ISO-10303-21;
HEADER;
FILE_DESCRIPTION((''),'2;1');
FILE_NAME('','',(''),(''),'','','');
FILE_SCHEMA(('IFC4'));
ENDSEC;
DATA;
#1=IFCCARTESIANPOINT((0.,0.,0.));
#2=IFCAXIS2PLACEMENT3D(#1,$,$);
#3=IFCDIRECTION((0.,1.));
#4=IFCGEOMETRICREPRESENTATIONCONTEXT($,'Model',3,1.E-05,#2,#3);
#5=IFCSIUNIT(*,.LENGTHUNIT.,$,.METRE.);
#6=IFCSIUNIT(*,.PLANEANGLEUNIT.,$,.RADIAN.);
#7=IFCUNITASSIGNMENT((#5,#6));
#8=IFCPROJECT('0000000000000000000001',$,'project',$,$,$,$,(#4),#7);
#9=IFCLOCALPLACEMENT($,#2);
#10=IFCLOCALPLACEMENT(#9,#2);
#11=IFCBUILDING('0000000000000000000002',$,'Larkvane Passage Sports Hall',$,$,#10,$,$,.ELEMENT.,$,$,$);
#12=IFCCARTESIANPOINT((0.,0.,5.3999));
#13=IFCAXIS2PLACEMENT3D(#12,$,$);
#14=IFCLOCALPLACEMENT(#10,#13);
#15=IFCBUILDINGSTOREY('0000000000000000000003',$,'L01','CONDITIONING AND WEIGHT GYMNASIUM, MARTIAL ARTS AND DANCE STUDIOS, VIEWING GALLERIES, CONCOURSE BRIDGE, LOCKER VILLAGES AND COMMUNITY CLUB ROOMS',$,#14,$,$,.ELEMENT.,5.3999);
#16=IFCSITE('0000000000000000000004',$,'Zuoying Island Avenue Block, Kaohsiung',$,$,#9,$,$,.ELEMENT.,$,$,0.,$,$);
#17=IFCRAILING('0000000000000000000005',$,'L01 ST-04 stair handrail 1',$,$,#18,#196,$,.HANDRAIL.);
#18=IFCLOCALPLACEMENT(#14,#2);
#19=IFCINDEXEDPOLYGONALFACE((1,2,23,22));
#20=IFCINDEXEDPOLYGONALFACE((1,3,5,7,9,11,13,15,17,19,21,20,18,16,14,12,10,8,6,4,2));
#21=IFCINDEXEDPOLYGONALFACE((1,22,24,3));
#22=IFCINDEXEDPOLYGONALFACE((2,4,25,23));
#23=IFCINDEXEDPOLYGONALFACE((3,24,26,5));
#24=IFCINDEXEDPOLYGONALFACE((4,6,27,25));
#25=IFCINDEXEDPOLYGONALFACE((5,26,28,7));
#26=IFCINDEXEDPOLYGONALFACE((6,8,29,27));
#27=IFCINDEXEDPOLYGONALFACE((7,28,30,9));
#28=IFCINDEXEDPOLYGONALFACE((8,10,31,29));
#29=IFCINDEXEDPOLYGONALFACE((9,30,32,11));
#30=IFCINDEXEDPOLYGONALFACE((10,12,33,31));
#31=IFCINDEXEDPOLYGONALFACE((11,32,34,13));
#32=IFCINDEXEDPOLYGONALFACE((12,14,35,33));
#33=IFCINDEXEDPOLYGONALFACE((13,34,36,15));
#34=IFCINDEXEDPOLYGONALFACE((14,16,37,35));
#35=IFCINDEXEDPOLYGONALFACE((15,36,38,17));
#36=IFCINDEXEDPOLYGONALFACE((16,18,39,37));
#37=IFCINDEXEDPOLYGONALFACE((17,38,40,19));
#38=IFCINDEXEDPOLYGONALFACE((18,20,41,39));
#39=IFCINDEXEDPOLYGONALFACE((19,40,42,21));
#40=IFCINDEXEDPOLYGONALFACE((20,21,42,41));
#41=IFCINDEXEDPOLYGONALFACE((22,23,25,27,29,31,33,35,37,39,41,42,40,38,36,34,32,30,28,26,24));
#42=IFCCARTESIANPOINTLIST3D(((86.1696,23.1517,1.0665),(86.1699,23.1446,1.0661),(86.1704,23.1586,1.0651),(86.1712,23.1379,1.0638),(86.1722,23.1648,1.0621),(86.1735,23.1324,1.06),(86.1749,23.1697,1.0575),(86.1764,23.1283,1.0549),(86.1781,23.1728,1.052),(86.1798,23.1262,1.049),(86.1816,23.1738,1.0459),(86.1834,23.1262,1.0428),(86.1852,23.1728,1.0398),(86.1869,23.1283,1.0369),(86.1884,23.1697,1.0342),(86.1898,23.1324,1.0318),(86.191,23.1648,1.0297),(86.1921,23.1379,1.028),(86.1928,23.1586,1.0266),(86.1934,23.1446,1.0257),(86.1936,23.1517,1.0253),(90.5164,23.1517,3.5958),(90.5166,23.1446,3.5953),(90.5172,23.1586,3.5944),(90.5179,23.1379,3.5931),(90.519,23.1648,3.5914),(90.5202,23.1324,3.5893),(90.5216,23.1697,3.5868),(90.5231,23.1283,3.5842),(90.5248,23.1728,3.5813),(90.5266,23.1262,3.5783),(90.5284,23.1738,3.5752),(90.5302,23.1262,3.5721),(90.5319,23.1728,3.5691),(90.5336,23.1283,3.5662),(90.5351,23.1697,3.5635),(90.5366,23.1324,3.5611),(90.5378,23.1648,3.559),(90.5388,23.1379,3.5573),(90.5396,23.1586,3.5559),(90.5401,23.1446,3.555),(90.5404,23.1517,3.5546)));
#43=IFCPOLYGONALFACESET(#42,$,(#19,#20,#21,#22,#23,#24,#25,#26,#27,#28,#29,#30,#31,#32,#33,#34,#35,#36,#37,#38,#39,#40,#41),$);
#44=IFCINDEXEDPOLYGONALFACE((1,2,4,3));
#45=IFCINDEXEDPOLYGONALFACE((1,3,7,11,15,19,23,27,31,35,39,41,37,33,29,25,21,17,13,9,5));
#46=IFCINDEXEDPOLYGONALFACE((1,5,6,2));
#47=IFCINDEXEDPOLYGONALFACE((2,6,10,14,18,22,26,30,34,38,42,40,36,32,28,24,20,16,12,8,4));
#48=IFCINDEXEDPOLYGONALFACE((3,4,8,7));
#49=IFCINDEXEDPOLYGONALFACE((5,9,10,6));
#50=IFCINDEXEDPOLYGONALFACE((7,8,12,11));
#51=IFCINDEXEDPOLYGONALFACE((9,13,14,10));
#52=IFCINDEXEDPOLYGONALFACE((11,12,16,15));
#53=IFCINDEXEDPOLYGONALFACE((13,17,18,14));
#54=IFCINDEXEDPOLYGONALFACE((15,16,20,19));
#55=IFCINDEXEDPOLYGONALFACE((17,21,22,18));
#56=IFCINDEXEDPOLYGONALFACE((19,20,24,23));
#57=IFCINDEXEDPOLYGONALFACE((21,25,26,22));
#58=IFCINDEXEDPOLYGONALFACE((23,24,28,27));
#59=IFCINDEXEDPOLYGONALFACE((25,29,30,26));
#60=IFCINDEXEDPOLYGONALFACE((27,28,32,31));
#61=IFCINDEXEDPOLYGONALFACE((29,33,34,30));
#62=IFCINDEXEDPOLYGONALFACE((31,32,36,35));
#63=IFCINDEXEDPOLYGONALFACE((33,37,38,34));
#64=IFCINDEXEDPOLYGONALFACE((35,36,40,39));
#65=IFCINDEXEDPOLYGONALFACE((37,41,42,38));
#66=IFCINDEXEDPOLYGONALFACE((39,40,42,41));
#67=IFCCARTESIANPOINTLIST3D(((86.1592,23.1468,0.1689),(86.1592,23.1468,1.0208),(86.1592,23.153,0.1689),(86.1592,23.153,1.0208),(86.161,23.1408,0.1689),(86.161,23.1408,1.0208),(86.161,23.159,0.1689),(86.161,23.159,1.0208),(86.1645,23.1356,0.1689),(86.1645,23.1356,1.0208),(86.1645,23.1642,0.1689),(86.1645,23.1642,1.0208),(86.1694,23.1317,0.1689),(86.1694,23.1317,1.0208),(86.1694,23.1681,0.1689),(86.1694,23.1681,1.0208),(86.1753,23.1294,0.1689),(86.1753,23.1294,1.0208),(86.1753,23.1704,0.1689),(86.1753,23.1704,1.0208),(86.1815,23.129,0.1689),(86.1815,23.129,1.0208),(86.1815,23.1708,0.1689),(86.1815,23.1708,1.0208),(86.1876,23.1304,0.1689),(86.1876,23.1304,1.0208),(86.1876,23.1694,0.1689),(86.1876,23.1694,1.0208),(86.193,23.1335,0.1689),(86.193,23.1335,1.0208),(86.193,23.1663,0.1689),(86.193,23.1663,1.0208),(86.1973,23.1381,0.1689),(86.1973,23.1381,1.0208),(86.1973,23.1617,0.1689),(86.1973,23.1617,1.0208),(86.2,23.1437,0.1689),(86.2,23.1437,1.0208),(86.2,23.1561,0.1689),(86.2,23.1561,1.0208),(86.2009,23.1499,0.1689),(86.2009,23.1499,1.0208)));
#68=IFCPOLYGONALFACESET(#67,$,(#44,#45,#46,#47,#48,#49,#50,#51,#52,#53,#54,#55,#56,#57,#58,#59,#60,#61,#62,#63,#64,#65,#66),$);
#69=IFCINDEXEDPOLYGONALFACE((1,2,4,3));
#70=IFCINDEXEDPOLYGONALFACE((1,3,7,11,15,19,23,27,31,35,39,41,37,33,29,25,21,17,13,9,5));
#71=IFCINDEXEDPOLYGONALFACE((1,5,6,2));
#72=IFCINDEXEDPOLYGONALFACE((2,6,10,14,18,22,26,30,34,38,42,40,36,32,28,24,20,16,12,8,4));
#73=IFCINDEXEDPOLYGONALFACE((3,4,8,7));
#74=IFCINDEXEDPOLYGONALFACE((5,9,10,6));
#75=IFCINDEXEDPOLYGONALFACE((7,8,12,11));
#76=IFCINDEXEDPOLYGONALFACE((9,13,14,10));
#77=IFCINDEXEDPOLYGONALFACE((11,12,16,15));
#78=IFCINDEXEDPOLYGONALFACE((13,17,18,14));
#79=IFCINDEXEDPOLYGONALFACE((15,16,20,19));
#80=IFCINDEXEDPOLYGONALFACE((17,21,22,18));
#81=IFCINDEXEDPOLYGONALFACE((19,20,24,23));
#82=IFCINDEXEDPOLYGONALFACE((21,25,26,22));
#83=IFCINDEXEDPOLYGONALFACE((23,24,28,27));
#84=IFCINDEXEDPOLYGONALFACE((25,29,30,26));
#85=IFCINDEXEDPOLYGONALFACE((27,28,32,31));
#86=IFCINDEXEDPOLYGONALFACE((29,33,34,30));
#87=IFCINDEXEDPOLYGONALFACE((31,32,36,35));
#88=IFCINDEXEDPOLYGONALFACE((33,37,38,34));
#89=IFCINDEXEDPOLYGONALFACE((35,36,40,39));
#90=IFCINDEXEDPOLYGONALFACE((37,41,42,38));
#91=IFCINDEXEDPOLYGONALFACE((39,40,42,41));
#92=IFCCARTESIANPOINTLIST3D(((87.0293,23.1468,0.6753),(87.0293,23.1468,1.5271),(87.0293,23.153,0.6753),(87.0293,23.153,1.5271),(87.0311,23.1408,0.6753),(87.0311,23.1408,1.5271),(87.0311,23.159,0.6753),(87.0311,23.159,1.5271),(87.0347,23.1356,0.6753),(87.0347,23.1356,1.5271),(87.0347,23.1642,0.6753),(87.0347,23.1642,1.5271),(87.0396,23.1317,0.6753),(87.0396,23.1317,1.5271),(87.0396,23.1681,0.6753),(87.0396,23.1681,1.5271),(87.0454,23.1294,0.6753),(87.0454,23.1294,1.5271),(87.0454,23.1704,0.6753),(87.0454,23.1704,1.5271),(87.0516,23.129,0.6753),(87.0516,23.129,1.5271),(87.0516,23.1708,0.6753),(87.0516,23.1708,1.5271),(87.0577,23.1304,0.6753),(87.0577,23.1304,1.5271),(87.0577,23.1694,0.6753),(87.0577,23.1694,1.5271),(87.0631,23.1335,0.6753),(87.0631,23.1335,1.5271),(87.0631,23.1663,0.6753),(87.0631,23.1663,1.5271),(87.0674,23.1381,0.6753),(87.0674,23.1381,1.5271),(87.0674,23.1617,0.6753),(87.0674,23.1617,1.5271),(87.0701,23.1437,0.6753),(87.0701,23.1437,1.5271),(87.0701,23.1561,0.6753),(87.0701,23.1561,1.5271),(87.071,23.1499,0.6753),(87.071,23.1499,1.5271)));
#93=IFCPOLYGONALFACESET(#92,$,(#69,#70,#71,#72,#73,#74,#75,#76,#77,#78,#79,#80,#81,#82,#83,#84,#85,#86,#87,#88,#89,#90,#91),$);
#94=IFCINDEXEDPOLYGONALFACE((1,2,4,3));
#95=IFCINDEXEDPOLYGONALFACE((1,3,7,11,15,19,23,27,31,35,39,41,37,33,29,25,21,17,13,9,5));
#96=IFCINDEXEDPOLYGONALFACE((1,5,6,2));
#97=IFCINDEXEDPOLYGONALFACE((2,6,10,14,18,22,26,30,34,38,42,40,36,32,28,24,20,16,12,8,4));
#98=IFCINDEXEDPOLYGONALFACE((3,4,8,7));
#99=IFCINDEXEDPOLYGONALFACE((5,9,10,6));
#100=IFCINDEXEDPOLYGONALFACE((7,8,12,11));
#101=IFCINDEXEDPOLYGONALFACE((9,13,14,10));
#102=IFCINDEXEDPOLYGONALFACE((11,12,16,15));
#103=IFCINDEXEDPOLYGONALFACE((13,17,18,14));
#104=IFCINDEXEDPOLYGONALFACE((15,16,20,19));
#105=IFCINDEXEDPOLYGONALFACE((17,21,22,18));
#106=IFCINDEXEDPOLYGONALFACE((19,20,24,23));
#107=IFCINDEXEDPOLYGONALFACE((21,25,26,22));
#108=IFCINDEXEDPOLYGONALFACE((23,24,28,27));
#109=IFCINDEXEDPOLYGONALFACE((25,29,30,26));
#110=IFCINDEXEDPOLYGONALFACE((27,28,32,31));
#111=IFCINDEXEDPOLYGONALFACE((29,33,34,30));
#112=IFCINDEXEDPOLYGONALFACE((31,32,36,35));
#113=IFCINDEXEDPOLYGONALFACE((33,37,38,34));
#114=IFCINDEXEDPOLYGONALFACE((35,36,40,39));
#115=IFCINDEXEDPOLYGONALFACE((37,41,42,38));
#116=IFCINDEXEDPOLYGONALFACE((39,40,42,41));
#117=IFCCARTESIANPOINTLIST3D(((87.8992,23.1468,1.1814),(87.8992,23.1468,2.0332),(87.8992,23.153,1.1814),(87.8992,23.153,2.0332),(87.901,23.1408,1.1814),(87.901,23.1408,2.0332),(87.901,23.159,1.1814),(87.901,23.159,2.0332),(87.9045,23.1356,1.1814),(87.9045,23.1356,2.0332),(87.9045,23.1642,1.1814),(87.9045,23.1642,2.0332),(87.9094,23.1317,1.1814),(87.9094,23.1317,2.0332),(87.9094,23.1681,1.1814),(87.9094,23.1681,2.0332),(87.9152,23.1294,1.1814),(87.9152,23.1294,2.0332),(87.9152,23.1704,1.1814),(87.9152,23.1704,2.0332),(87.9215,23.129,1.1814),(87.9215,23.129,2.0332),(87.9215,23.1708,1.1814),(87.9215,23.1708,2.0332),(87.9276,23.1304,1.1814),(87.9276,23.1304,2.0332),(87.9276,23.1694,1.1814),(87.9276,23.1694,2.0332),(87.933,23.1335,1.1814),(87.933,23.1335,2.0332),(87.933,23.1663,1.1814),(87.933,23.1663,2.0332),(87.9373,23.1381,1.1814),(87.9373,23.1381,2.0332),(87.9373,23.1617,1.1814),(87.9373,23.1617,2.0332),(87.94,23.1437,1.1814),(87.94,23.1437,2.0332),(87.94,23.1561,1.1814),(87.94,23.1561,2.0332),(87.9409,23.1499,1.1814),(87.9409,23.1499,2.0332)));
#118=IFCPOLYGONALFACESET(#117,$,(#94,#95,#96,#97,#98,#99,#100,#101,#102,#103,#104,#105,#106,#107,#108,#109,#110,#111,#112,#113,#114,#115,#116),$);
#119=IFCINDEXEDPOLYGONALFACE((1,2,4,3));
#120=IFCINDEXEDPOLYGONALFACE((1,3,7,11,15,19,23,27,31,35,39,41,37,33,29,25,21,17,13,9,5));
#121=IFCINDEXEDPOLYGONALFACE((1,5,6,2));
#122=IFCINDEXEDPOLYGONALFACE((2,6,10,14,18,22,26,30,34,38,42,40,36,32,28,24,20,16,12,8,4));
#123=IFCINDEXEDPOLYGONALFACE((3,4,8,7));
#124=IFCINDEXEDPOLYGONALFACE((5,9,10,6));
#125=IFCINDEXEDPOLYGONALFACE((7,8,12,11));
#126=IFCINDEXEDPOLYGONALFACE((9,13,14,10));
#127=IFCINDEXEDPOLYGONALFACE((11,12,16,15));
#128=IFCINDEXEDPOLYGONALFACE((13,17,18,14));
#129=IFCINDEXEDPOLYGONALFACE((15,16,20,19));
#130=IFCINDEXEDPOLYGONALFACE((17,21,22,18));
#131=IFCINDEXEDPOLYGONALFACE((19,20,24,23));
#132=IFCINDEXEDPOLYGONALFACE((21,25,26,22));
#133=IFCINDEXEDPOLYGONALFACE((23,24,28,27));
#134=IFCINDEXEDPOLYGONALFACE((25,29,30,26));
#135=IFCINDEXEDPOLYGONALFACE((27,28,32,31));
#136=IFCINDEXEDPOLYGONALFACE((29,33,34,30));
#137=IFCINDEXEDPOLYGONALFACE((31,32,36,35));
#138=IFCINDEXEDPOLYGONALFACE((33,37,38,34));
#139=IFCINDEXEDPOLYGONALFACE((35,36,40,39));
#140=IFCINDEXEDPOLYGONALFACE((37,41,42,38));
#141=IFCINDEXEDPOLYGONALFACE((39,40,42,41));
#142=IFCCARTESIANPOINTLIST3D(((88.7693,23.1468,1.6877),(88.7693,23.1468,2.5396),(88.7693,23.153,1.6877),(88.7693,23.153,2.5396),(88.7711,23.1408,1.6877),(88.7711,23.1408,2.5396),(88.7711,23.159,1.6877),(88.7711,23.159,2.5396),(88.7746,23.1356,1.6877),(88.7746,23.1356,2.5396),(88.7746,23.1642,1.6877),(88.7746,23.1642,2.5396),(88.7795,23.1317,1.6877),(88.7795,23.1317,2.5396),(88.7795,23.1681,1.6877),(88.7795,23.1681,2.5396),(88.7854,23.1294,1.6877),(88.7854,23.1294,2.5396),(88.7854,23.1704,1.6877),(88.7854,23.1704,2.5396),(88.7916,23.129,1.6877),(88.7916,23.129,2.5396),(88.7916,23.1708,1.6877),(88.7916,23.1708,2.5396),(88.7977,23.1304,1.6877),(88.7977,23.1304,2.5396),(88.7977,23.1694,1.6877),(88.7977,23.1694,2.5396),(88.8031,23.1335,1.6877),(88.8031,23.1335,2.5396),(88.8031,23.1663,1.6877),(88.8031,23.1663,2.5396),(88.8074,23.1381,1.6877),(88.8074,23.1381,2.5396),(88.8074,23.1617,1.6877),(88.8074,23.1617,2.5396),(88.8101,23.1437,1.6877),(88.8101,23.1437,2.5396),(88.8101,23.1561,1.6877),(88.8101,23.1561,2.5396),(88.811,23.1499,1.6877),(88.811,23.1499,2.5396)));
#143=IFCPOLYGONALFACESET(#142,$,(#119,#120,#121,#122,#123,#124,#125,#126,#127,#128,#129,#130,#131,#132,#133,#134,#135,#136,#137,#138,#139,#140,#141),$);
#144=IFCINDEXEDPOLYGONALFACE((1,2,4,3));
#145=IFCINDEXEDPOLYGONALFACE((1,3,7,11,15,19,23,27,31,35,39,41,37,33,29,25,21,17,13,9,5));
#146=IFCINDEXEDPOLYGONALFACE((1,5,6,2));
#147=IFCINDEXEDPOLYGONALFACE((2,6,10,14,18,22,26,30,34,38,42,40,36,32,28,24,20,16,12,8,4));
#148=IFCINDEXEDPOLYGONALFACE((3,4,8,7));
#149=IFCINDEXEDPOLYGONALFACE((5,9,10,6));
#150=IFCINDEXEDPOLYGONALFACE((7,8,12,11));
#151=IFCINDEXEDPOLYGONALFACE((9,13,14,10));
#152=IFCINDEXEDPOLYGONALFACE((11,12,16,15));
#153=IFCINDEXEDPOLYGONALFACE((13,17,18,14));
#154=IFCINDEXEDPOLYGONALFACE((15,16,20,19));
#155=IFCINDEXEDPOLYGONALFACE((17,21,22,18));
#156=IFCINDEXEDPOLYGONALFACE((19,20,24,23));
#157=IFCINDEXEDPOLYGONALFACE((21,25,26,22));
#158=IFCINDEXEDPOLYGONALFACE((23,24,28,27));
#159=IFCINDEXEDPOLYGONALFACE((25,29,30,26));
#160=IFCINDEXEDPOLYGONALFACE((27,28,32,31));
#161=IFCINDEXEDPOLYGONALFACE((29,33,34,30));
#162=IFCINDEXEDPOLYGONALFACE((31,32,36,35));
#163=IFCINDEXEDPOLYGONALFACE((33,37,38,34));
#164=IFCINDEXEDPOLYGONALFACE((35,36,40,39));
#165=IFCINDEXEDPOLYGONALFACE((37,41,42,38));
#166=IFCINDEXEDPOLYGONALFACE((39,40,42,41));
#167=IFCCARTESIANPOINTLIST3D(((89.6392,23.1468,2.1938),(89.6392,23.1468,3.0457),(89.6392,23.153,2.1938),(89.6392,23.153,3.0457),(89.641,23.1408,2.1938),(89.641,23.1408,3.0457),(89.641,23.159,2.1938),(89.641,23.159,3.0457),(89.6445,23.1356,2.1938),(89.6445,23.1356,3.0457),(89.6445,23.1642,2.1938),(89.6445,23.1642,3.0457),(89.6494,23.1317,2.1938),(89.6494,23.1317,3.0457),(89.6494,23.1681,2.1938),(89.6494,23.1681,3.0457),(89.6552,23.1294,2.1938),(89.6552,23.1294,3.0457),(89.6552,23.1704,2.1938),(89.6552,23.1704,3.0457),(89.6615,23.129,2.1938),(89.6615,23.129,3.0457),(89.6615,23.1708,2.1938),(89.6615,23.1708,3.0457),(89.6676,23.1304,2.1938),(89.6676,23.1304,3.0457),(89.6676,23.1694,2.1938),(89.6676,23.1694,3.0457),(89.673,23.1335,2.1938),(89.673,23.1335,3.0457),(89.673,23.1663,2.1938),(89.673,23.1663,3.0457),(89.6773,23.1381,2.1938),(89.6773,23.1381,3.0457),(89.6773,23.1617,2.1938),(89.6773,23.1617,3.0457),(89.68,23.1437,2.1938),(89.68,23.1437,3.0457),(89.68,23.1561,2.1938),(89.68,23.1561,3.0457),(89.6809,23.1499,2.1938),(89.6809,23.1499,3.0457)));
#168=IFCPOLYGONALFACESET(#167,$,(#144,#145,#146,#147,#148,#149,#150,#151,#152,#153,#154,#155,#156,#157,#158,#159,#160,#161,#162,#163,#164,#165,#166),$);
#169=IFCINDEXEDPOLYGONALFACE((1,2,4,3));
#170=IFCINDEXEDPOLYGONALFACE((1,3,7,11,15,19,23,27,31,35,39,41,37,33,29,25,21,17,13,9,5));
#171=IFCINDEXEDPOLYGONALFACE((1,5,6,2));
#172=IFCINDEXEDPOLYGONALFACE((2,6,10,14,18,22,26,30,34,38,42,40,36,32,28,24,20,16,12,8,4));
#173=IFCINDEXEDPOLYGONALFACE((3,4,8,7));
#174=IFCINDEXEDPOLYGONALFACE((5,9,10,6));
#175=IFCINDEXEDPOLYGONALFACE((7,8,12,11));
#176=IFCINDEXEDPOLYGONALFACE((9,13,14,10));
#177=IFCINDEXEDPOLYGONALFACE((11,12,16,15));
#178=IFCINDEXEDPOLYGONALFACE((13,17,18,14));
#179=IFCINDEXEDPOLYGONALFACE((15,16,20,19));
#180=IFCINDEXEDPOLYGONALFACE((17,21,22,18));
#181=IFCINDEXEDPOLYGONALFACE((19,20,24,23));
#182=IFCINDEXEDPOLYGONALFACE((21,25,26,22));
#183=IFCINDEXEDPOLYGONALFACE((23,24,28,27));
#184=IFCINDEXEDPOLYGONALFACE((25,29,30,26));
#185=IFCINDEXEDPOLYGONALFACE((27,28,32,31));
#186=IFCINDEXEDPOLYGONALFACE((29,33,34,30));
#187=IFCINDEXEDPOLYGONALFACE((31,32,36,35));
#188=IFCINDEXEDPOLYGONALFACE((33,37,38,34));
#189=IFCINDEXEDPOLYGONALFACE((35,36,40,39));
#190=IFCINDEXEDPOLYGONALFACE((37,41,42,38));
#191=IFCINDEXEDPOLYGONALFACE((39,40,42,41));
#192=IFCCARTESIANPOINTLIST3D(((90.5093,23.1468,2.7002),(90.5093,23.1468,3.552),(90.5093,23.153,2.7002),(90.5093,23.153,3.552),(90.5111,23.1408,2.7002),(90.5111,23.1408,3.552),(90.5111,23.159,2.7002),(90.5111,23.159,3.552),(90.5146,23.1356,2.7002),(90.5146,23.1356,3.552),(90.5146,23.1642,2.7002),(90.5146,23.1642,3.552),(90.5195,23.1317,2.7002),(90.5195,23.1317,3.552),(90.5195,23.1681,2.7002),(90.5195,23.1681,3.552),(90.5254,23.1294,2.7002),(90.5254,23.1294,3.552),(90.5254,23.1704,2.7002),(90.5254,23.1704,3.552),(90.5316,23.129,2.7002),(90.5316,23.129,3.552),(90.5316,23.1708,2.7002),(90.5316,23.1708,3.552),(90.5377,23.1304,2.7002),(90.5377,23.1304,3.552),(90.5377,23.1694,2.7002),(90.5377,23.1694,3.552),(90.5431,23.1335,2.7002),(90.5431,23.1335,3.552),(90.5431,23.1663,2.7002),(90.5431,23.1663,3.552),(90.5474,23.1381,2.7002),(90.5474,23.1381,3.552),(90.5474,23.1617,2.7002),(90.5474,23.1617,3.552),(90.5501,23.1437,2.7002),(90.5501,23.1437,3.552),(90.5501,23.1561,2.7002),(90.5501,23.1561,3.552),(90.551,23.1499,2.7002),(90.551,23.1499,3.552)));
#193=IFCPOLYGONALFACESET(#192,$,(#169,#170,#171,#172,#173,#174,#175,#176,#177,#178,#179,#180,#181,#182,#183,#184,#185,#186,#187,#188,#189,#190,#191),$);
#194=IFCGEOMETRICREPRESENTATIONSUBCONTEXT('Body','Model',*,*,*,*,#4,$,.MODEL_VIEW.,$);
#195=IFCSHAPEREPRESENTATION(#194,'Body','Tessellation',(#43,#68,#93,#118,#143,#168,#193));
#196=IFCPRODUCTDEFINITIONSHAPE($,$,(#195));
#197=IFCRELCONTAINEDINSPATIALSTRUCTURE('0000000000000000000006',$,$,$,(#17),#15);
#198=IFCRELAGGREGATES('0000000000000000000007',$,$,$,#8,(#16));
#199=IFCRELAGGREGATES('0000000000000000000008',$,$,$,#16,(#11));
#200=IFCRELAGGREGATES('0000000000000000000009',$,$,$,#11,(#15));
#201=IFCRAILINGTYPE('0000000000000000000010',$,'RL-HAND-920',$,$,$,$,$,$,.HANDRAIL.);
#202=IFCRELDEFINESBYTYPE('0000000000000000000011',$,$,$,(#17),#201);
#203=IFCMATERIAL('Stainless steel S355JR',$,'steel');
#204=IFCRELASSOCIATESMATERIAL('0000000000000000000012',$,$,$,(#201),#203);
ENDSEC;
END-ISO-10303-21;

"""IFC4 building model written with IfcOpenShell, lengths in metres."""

from ifc_helpers import new_model, si_unit, direction, frame, origin, origin_2d, place, context, subcontext, project, spatial, circle, extrude, material, type_object, element, save


model = new_model("IFC4")

# Units and contexts
model_context = context("Model", 3, precision=1e-05, world=origin(), true_north=direction((0.0, 1.0)))
body_context = subcontext(model_context, "Body", "Model", "MODEL_VIEW")
ifc_project = project(units=[si_unit("LENGTHUNIT", "METRE"), si_unit("PLANEANGLEUNIT", "RADIAN")], contexts=[model_context])

# Site, building, storey
site_placement = place(None, origin())
site = spatial("IfcSite", under=ifc_project, at=site_placement, Name="Zuoying Island Avenue Block, Kaohsiung", CompositionType="ELEMENT", RefElevation=0.0)
building_placement = place(site_placement, origin())
building = spatial("IfcBuilding", under=site, at=building_placement, Name="Larkvane Passage Sports Hall", CompositionType="ELEMENT")
storey_placement = place(building_placement, frame((0.0, 0.0, 5.3999)))
storey = spatial("IfcBuildingStorey", under=building, at=storey_placement, Name="L01", Description="CONDITIONING AND WEIGHT GYMNASIUM, MARTIAL ARTS AND DANCE STUDIOS, VIEWING GALLERIES, CONCOURSE BRIDGE, LOCKER VILLAGES AND COMMUNITY CLUB ROOMS", CompositionType="ELEMENT", Elevation=5.3999)

# Railing
ifc_material_1 = material(Name="Stainless steel S355JR", Category="steel")
railing_type = type_object("IfcRailingType", Name="RL-HAND-920", PredefinedType="HANDRAIL", material=ifc_material_1)
railing_placement = place(storey_placement, frame((86.1799, 23.1499, 0.1689)))
element("IfcRailing", 1, at=railing_placement, inside=storey, type_object=railing_type, Name="L01 ST-04 stair handrail 1", PredefinedType="HANDRAIL", context=body_context, shape_type="SweptSolid", body=[
    extrude(circle(Radius=0.0239, at=origin_2d()), frame((0.0017, 0.0, 0.877), z_axis=(0.864324, 0.0, 0.502936), x_axis=(0.0, 1.0, 0.0)), (0.0, 0.0, 1.0), 5.0291),
    extrude(circle(Radius=0.021, at=origin_2d()), origin(), (0.0, 0.0, 1.0), 0.8518),
    extrude(circle(Radius=0.021, at=origin_2d()), frame((0.8701, 0.0, 0.5063)), (0.0, 0.0, 1.0), 0.8518),
    extrude(circle(Radius=0.021, at=origin_2d()), frame((1.74, 0.0, 1.0125)), (0.0, 0.0, 1.0), 0.8518),
    extrude(circle(Radius=0.021, at=origin_2d()), frame((2.6101, 0.0, 1.5188)), (0.0, 0.0, 1.0), 0.8518),
    extrude(circle(Radius=0.021, at=origin_2d()), frame((3.48, 0.0, 2.0249)), (0.0, 0.0, 1.0), 0.8518),
    extrude(circle(Radius=0.021, at=origin_2d()), frame((4.3501, 0.0, 2.5312)), (0.0, 0.0, 1.0), 0.8518),
])

save(model, "model.ifc")
